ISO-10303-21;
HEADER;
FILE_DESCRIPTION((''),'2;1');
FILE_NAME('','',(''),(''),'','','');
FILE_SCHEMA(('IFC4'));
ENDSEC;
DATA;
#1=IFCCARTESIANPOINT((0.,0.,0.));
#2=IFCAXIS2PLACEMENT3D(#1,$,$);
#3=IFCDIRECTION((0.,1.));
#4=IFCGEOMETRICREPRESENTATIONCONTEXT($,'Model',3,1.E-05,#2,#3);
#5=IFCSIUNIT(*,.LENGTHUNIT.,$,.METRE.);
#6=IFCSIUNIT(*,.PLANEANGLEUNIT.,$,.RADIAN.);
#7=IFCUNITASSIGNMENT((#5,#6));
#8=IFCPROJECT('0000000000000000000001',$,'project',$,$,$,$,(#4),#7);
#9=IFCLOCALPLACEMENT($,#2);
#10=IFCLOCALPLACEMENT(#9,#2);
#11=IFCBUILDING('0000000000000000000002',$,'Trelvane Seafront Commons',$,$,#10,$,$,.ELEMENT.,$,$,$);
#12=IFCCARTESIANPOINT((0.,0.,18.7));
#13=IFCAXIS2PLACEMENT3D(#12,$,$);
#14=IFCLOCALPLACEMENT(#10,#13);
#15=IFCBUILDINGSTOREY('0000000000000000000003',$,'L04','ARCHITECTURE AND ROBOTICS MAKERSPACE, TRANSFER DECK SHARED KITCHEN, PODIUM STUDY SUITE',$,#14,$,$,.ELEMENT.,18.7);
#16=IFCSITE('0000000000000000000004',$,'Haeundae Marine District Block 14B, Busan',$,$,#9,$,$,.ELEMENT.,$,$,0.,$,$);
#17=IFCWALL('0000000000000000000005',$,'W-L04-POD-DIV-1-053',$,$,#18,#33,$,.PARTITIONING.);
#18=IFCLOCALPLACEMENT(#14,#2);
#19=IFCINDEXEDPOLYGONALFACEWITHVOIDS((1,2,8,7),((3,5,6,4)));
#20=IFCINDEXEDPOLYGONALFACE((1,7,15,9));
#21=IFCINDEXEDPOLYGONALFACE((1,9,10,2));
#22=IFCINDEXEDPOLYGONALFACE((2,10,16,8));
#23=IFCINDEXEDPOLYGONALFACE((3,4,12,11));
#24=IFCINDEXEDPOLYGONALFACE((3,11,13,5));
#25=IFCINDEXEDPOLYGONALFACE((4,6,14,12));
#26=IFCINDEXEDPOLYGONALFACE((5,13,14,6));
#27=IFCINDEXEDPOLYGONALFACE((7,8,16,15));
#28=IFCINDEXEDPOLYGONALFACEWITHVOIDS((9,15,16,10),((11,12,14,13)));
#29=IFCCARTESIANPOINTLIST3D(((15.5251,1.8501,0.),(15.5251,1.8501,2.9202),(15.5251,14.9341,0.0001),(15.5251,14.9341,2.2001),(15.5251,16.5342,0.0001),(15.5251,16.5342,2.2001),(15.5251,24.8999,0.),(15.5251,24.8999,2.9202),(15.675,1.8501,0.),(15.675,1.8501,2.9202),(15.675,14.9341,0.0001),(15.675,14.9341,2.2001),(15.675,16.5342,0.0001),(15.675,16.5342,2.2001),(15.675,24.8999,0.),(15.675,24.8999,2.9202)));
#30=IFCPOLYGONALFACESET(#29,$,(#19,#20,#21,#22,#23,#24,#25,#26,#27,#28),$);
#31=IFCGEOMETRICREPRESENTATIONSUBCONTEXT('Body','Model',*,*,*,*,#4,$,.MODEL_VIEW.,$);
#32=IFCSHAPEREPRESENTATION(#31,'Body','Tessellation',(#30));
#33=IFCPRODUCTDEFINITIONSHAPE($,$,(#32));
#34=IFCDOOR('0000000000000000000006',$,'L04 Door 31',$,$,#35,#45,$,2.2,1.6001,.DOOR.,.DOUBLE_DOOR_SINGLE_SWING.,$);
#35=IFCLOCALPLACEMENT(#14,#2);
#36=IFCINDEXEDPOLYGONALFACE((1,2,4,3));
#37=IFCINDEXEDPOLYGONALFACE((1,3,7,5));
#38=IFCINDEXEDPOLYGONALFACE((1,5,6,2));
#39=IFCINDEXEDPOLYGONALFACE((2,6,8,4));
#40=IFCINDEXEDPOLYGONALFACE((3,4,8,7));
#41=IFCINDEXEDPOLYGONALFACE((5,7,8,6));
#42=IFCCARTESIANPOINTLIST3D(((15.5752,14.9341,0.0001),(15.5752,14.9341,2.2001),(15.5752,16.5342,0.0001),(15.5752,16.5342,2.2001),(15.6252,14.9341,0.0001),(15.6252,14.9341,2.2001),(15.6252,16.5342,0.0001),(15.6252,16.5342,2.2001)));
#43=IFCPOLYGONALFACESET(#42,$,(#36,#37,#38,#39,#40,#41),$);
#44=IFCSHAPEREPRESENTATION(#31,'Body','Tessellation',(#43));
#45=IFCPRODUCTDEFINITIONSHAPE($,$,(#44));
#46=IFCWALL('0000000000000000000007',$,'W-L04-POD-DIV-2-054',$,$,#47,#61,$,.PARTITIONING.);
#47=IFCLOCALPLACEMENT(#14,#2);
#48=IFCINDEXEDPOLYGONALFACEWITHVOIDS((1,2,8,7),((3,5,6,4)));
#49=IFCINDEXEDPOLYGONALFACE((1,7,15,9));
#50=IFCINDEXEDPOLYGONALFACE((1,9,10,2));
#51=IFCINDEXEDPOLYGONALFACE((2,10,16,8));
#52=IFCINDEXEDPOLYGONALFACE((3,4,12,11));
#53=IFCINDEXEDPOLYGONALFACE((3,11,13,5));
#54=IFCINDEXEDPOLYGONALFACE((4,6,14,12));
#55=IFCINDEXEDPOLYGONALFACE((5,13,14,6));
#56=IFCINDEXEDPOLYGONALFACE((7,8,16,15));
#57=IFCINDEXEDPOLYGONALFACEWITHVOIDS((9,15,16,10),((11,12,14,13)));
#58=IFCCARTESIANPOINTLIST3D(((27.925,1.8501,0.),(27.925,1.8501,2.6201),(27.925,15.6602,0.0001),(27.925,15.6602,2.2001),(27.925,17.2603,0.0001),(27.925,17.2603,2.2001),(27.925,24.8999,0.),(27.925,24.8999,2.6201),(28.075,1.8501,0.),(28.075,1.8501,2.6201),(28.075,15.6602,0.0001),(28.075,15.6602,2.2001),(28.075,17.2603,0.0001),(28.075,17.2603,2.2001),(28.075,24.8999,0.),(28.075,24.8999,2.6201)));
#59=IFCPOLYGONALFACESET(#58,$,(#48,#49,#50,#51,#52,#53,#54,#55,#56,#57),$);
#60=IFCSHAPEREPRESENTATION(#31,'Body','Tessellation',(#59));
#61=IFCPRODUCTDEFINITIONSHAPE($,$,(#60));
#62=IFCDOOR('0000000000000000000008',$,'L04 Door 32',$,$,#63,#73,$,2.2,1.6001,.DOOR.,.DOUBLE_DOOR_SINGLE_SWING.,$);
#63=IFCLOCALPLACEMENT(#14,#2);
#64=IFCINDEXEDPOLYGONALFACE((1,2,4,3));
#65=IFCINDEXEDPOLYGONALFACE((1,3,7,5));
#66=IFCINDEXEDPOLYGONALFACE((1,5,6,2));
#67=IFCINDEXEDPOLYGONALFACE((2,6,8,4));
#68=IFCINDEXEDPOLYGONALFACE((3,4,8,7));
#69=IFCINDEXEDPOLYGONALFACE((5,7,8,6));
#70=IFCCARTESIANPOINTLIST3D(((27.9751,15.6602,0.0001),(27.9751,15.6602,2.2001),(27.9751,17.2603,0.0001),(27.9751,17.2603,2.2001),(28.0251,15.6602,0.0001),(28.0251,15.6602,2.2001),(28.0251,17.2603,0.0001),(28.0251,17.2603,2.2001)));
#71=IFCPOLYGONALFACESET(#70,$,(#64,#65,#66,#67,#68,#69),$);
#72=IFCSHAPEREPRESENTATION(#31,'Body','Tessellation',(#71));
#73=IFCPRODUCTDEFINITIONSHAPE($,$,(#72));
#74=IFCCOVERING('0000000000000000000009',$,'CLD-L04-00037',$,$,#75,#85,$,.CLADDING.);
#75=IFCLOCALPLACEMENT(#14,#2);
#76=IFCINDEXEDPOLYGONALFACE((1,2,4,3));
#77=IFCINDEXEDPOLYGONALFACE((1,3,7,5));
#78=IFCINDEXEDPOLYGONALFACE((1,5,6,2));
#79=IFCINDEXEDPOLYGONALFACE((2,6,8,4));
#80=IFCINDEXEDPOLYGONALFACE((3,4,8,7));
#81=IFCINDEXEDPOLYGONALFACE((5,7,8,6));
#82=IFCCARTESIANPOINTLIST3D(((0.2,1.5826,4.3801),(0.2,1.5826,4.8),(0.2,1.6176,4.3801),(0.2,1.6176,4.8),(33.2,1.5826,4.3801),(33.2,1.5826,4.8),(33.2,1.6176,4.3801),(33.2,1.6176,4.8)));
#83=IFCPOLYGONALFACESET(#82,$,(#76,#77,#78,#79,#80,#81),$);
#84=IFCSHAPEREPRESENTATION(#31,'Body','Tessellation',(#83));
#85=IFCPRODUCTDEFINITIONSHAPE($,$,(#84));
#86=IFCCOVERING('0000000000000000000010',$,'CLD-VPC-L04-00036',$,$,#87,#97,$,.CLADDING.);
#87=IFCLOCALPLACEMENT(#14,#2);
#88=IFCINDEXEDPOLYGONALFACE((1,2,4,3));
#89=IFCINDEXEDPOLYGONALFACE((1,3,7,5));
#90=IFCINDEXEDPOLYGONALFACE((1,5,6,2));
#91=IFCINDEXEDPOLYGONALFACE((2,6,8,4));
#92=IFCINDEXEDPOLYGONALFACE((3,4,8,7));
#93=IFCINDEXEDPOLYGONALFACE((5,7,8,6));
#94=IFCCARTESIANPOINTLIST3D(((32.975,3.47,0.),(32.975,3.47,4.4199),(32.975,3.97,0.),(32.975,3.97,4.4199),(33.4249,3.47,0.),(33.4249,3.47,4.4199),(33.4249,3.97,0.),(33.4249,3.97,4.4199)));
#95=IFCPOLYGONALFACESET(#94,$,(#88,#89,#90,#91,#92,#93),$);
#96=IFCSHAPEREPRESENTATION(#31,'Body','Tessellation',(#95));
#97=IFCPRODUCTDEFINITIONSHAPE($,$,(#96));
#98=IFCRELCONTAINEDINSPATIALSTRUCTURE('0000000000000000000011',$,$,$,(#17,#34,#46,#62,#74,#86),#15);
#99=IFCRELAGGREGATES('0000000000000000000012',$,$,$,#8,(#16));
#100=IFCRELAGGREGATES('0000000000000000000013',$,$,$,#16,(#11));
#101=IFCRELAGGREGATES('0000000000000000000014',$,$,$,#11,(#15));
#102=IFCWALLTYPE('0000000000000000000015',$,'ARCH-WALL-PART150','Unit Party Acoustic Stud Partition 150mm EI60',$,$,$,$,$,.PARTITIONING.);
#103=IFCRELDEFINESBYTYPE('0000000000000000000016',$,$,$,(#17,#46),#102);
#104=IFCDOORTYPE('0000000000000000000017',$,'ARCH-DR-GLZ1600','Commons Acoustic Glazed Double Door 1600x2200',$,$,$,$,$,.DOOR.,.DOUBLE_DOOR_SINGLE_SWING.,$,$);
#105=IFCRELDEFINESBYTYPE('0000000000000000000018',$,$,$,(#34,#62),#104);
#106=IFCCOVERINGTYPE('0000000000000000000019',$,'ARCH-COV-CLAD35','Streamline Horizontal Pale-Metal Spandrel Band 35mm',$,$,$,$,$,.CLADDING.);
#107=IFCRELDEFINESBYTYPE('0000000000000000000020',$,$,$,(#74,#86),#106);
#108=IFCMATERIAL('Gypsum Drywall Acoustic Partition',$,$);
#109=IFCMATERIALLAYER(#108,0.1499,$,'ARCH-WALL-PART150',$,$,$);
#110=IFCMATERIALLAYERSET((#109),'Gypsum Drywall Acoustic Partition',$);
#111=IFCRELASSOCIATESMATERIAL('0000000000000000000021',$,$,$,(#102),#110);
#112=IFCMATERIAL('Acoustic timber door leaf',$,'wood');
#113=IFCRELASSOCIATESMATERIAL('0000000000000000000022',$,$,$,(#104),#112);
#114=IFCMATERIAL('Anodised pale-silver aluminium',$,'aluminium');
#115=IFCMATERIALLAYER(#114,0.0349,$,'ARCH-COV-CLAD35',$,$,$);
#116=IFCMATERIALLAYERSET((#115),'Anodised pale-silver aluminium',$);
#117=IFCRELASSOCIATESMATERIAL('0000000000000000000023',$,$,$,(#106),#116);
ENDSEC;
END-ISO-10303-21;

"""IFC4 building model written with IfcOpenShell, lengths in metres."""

from ifc_helpers import new_model, si_unit, direction, frame, frame_2d, origin, origin_2d, place, context, subcontext, project, spatial, rectangle, extrude, source, transform, mapped, material, layer, layer_set, type_object, element, fill, save


model = new_model("IFC4")

# Units and contexts
model_context = context("Model", 3, precision=1e-05, world=origin(), true_north=direction((0.0, 1.0)))
body_context = subcontext(model_context, "Body", "Model", "MODEL_VIEW")
ifc_project = project(units=[si_unit("LENGTHUNIT", "METRE"), si_unit("PLANEANGLEUNIT", "RADIAN")], contexts=[model_context])

# Site, building, storey
site_placement = place(None, origin())
site = spatial("IfcSite", under=ifc_project, at=site_placement, Name="Haeundae Marine District Block 14B, Busan", CompositionType="ELEMENT", RefElevation=0.0)
building_placement = place(site_placement, origin())
building = spatial("IfcBuilding", under=site, at=building_placement, Name="Trelvane Seafront Commons", CompositionType="ELEMENT")
storey_placement = place(building_placement, frame((0.0, 0.0, 18.7)))
storey = spatial("IfcBuildingStorey", under=building, at=storey_placement, Name="L04", Description="ARCHITECTURE AND ROBOTICS MAKERSPACE, TRANSFER DECK SHARED KITCHEN, PODIUM STUDY SUITE", CompositionType="ELEMENT", Elevation=18.7)

# Shared definitions
ifc_material_1 = material(Name="Anodised pale-silver aluminium", Category="aluminium")

# Walls, openings, doors
ifc_material_2 = material(Name="Gypsum Drywall Acoustic Partition")
ifc_layer_1 = layer(ifc_material_2, 0.1499, Name="ARCH-WALL-PART150")
ifc_layer_set_1 = layer_set([ifc_layer_1], Name="Gypsum Drywall Acoustic Partition")
wall_type_1 = type_object("IfcWallType", Name="ARCH-WALL-PART150", Description="Unit Party Acoustic Stud Partition 150mm EI60", PredefinedType="PARTITIONING", material=ifc_layer_set_1)
wall_1_placement = place(storey_placement, frame((15.6001, 1.8501, 0.0), z_axis=(0.0, 0.0, 1.0), x_axis=(0.0, 1.0, 0.0)))
wall_1 = element("IfcWall", 1, at=wall_1_placement, inside=storey, type_object=wall_type_1, Name="W-L04-POD-DIV-1-053", PredefinedType="PARTITIONING", context=body_context, shape_type="SweptSolid", body=[
    extrude(rectangle(XDim=23.0498, YDim=0.1499, at=frame_2d((11.5249, 0.0))), origin(), (0.0, 0.0, 1.0), 2.9202),
])
opening_1_placement = place(wall_1_placement, frame((13.084, 0.0, 0.0)))
opening_1 = element("IfcOpeningElement", 2, at=opening_1_placement, cuts=wall_1, PredefinedType="OPENING", context=body_context, shape_type="SweptSolid", body=[
    extrude(rectangle(XDim=1.6001, YDim=2.2, at=frame_2d((0.8, 1.1001))), frame((0.0, 0.085, 0.0), z_axis=(0.0, -1.0, 0.0), x_axis=(1.0, 0.0, 0.0)), (0.0, 0.0, 1.0), 0.1699),
])
ifc_material_3 = material(Name="Acoustic timber door leaf", Category="wood")
door_type_1 = type_object("IfcDoorType", Name="ARCH-DR-GLZ1600", Description="Commons Acoustic Glazed Double Door 1600x2200", OperationType="DOUBLE_DOOR_SINGLE_SWING", PredefinedType="DOOR", material=ifc_material_3)
shared_shape_1 = source(origin(), body_context, "Body", "SweptSolid", [
    extrude(rectangle(XDim=1.6001, YDim=2.2, at=frame_2d((0.8, 1.1001))), frame((0.0, 0.0249, 0.0), z_axis=(0.0, -1.0, 0.0), x_axis=(1.0, 0.0, 0.0)), (0.0, 0.0, 1.0), 0.05),
])
door_1_placement = place(opening_1_placement, origin())
door_1 = element("IfcDoor", 3, at=door_1_placement, inside=storey, type_object=door_type_1, Name="L04 Door 31", OperationType="DOUBLE_DOOR_SINGLE_SWING", OverallHeight=2.2, OverallWidth=1.6001, PredefinedType="DOOR", context=body_context, shape_type="MappedRepresentation", body=[
    mapped(shared_shape_1, transform((0.0, 0.0, 0.0), x_axis=(1.0, 0.0, 0.0), y_axis=(0.0, 1.0, 0.0), z_axis=(0.0, 0.0, 1.0), scale=1.0)),
])
fill(opening_1, door_1)
wall_2_placement = place(storey_placement, frame((28.0, 1.8501, 0.0), z_axis=(0.0, 0.0, 1.0), x_axis=(0.0, 1.0, 0.0)))
wall_2 = element("IfcWall", 4, at=wall_2_placement, inside=storey, type_object=wall_type_1, Name="W-L04-POD-DIV-2-054", PredefinedType="PARTITIONING", context=body_context, shape_type="SweptSolid", body=[
    extrude(rectangle(XDim=23.0498, YDim=0.1499, at=frame_2d((11.5249, 0.0))), origin(), (0.0, 0.0, 1.0), 2.6201),
])
opening_2_placement = place(wall_2_placement, frame((13.8101, 0.0, 0.0)))
opening_2 = element("IfcOpeningElement", 5, at=opening_2_placement, cuts=wall_2, PredefinedType="OPENING", context=body_context, shape_type="SweptSolid", body=[
    extrude(rectangle(XDim=1.6001, YDim=2.2, at=frame_2d((0.8, 1.1001))), frame((0.0, 0.085, 0.0), z_axis=(0.0, -1.0, 0.0), x_axis=(1.0, 0.0, 0.0)), (0.0, 0.0, 1.0), 0.1699),
])
door_2_placement = place(opening_2_placement, origin())
door_2 = element("IfcDoor", 6, at=door_2_placement, inside=storey, type_object=door_type_1, Name="L04 Door 32", OperationType="DOUBLE_DOOR_SINGLE_SWING", OverallHeight=2.2, OverallWidth=1.6001, PredefinedType="DOOR", context=body_context, shape_type="MappedRepresentation", body=[
    mapped(shared_shape_1, transform((0.0, 0.0, 0.0), x_axis=(1.0, 0.0, 0.0), y_axis=(0.0, 1.0, 0.0), z_axis=(0.0, 0.0, 1.0), scale=1.0)),
])
fill(opening_2, door_2)

# Coverings
ifc_layer_2 = layer(ifc_material_1, 0.0349, Name="ARCH-COV-CLAD35")
ifc_layer_set_2 = layer_set([ifc_layer_2], Name="Anodised pale-silver aluminium")
covering_type = type_object("IfcCoveringType", Name="ARCH-COV-CLAD35", Description="Streamline Horizontal Pale-Metal Spandrel Band 35mm", PredefinedType="CLADDING", material=ifc_layer_set_2)
shared_shape_2 = source(origin(), body_context, "Body", "SweptSolid", [
    extrude(rectangle(XDim=33.0, YDim=0.0349, at=origin_2d()), origin(), (0.0, 0.0, 1.0), 0.4199),
])
covering_1_placement = place(storey_placement, frame((16.7, 1.6001, 4.3801), z_axis=(0.0, 0.0, 1.0), x_axis=(-1.0, 0.0, 0.0)))
element("IfcCovering", 7, at=covering_1_placement, inside=storey, type_object=covering_type, Name="CLD-L04-00037", PredefinedType="CLADDING", context=body_context, shape_type="MappedRepresentation", body=[
    mapped(shared_shape_2, transform((0.0, 0.0, 0.0), x_axis=(1.0, 0.0, 0.0), y_axis=(0.0, 1.0, 0.0), z_axis=(0.0, 0.0, 1.0), scale=1.0)),
])
shared_shape_3 = source(origin(), body_context, "Body", "SweptSolid", [
    extrude(rectangle(XDim=0.45, YDim=0.5, at=origin_2d()), origin(), (0.0, 0.0, 1.0), 4.4199),
])
covering_2_placement = place(storey_placement, frame((33.2, 3.72, 0.0), z_axis=(0.0, 0.0, 1.0), x_axis=(1.0, 0.0, 0.0)))
element("IfcCovering", 8, at=covering_2_placement, inside=storey, type_object=covering_type, Name="CLD-VPC-L04-00036", PredefinedType="CLADDING", context=body_context, shape_type="MappedRepresentation", body=[
    mapped(shared_shape_3, transform((0.0, 0.0, 0.0), x_axis=(1.0, 0.0, 0.0), y_axis=(0.0, 1.0, 0.0), z_axis=(0.0, 0.0, 1.0), scale=1.0)),
])

save(model, "model.ifc")
